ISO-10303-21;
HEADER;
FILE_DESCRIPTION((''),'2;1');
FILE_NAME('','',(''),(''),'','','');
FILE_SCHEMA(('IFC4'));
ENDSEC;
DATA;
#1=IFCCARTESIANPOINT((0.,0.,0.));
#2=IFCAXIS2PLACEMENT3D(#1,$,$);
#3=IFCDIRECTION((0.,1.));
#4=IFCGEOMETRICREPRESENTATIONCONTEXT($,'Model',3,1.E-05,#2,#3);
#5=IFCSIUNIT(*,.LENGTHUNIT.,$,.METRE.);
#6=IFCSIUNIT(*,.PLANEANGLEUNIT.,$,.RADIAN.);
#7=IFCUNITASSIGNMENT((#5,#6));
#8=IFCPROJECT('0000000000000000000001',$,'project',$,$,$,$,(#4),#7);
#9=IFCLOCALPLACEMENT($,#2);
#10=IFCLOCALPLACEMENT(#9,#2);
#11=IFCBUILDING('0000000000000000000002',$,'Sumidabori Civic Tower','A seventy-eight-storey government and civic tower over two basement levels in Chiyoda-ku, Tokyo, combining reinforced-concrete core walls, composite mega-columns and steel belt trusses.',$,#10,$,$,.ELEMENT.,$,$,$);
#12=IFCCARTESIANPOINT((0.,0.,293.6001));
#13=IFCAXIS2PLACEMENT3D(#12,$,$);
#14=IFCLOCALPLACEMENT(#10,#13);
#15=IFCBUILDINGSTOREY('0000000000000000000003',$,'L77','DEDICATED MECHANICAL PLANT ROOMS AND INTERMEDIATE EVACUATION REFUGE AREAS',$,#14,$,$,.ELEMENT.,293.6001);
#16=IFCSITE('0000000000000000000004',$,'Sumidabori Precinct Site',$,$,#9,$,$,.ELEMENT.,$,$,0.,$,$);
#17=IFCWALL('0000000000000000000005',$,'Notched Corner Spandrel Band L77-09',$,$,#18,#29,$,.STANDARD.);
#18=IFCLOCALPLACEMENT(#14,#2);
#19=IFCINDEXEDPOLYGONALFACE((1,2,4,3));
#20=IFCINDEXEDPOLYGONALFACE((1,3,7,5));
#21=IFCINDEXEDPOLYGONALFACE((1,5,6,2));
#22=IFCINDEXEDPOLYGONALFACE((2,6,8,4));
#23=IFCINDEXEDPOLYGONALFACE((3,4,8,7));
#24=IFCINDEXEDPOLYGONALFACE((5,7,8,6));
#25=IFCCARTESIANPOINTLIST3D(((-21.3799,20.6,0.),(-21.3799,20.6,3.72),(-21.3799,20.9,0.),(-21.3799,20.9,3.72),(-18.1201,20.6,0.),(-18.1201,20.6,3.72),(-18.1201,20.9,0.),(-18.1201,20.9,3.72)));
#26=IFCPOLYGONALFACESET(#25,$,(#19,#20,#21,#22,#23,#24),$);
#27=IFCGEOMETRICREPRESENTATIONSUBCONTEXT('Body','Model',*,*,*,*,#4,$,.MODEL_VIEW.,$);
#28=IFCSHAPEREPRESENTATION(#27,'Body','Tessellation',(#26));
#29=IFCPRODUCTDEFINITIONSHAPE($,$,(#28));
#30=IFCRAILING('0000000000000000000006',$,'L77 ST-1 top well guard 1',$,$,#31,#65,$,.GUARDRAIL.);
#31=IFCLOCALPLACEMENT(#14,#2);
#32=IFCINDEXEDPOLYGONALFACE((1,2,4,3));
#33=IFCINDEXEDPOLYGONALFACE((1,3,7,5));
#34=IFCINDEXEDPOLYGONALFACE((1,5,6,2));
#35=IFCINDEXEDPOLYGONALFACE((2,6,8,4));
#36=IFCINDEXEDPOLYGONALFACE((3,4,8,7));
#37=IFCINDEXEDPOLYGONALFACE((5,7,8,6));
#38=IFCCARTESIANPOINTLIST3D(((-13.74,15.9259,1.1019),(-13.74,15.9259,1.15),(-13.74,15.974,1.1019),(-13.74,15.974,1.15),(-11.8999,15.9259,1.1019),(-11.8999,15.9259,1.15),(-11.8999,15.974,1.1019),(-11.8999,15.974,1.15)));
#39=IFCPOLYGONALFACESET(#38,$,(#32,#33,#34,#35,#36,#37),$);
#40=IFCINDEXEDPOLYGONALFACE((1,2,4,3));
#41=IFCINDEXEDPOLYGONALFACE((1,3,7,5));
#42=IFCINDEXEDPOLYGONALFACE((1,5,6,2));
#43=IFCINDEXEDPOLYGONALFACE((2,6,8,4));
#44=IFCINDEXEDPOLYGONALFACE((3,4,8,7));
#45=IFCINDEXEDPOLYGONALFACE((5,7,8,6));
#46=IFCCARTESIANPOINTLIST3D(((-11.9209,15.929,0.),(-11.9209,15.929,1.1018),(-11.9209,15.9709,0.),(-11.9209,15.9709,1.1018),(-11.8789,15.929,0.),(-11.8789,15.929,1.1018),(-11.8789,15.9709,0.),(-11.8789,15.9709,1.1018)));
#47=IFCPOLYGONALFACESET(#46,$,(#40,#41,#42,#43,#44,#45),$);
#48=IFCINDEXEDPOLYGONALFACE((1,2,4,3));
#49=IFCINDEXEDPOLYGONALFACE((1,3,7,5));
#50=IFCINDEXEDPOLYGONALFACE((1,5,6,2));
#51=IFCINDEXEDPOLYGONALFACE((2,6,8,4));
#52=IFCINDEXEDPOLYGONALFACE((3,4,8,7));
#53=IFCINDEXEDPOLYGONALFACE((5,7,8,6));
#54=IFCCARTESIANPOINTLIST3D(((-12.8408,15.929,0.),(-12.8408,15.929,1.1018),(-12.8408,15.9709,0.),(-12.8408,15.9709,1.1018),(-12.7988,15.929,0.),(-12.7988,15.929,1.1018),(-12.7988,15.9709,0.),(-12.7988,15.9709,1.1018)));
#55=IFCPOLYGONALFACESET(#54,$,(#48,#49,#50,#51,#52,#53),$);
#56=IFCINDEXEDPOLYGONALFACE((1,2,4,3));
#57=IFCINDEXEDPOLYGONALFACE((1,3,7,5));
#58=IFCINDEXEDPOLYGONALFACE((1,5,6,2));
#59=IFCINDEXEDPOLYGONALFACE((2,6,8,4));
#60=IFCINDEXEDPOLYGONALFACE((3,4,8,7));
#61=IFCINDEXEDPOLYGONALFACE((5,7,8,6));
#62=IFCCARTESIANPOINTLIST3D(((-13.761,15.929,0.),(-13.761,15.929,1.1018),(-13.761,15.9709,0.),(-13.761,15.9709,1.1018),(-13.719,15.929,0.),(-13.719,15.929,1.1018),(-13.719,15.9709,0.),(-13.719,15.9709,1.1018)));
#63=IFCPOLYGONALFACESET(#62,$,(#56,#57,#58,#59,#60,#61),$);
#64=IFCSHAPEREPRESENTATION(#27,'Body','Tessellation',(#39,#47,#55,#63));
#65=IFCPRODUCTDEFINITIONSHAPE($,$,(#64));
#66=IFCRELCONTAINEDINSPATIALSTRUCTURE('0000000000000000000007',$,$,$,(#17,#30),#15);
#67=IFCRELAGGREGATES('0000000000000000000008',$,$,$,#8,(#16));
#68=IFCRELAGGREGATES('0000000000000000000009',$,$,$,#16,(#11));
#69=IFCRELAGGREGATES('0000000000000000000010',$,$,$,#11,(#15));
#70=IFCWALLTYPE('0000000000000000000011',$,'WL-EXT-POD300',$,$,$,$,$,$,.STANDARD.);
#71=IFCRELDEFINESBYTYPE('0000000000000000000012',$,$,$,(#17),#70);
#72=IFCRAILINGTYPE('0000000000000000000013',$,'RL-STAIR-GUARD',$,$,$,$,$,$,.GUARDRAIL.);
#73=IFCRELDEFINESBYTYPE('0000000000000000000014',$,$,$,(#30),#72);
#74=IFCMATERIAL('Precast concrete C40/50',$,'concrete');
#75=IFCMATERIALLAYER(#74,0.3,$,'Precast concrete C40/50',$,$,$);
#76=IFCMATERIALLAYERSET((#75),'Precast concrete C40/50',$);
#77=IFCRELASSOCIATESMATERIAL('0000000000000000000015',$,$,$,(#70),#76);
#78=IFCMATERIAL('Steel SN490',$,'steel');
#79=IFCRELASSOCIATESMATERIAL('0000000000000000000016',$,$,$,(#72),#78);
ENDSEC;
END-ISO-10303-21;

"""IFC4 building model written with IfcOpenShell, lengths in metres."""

from ifc_helpers import new_model, si_unit, direction, frame, frame_2d, origin, origin_2d, place, context, subcontext, project, spatial, rectangle, extrude, source, transform, mapped, material, layer, layer_set, type_object, element, save


model = new_model("IFC4")

# Units and contexts
model_context = context("Model", 3, precision=1e-05, world=origin(), true_north=direction((0.0, 1.0)))
body_context = subcontext(model_context, "Body", "Model", "MODEL_VIEW")
ifc_project = project(units=[si_unit("LENGTHUNIT", "METRE"), si_unit("PLANEANGLEUNIT", "RADIAN")], contexts=[model_context])

# Site, building, storey
site_placement = place(None, origin())
site = spatial("IfcSite", under=ifc_project, at=site_placement, Name="Sumidabori Precinct Site", CompositionType="ELEMENT", RefElevation=0.0)
building_placement = place(site_placement, origin())
building = spatial("IfcBuilding", under=site, at=building_placement, Name="Sumidabori Civic Tower", Description="A seventy-eight-storey government and civic tower over two basement levels in Chiyoda-ku, Tokyo, combining reinforced-concrete core walls, composite mega-columns and steel belt trusses.", CompositionType="ELEMENT")
storey_placement = place(building_placement, frame((0.0, 0.0, 293.6001)))
storey = spatial("IfcBuildingStorey", under=building, at=storey_placement, Name="L77", Description="DEDICATED MECHANICAL PLANT ROOMS AND INTERMEDIATE EVACUATION REFUGE AREAS", CompositionType="ELEMENT", Elevation=293.6001)

# Shared definitions
ifc_material_1 = material(Name="Steel SN490", Category="steel")

# Wall
ifc_material_2 = material(Name="Precast concrete C40/50", Category="concrete")
ifc_layer_1 = layer(ifc_material_2, 0.3, Name="Precast concrete C40/50")
ifc_layer_set_1 = layer_set([ifc_layer_1], Name="Precast concrete C40/50")
wall_type_1 = type_object("IfcWallType", Name="WL-EXT-POD300", PredefinedType="STANDARD", material=ifc_layer_set_1)
shared_shape_1 = source(origin(), body_context, "Body", "SweptSolid", [
    extrude(rectangle(XDim=3.2598, YDim=0.3, at=frame_2d((1.6299, 0.0))), origin(), (0.0, 0.0, 1.0), 3.72),
])
wall_1_placement = place(storey_placement, frame((-18.1201, 20.75, 0.0), z_axis=(0.0, 0.0, 1.0), x_axis=(-1.0, 0.0, 0.0)))
element("IfcWall", 1, at=wall_1_placement, inside=storey, type_object=wall_type_1, Name="Notched Corner Spandrel Band L77-09", PredefinedType="STANDARD", context=body_context, shape_type="MappedRepresentation", body=[
    mapped(shared_shape_1, transform((0.0, 0.0, 0.0), x_axis=(1.0, 0.0, 0.0), y_axis=(0.0, 1.0, 0.0), z_axis=(0.0, 0.0, 1.0), scale=1.0)),
])

# Railing
railing_type = type_object("IfcRailingType", Name="RL-STAIR-GUARD", PredefinedType="GUARDRAIL", material=ifc_material_1)
railing_placement = place(storey_placement, frame((-11.8999, 15.95, 0.0)))
element("IfcRailing", 2, at=railing_placement, inside=storey, type_object=railing_type, Name="L77 ST-1 top well guard 1", PredefinedType="GUARDRAIL", context=body_context, shape_type="SweptSolid", body=[
    extrude(rectangle(XDim=0.0481, YDim=0.0481, at=origin_2d()), frame((0.0, 0.0, 1.126), z_axis=(-1.0, 0.0, 0.0), x_axis=(0.0, -1.0, 0.0)), (0.0, 0.0, 1.0), 1.8401),
    extrude(rectangle(XDim=0.042, YDim=0.042, at=origin_2d()), origin(), (0.0, 0.0, 1.0), 1.1018),
    extrude(rectangle(XDim=0.042, YDim=0.042, at=origin_2d()), frame((-0.9199, 0.0, 0.0)), (0.0, 0.0, 1.0), 1.1018),
    extrude(rectangle(XDim=0.042, YDim=0.042, at=origin_2d()), frame((-1.8401, 0.0, 0.0)), (0.0, 0.0, 1.0), 1.1018),
])

save(model, "model.ifc")
